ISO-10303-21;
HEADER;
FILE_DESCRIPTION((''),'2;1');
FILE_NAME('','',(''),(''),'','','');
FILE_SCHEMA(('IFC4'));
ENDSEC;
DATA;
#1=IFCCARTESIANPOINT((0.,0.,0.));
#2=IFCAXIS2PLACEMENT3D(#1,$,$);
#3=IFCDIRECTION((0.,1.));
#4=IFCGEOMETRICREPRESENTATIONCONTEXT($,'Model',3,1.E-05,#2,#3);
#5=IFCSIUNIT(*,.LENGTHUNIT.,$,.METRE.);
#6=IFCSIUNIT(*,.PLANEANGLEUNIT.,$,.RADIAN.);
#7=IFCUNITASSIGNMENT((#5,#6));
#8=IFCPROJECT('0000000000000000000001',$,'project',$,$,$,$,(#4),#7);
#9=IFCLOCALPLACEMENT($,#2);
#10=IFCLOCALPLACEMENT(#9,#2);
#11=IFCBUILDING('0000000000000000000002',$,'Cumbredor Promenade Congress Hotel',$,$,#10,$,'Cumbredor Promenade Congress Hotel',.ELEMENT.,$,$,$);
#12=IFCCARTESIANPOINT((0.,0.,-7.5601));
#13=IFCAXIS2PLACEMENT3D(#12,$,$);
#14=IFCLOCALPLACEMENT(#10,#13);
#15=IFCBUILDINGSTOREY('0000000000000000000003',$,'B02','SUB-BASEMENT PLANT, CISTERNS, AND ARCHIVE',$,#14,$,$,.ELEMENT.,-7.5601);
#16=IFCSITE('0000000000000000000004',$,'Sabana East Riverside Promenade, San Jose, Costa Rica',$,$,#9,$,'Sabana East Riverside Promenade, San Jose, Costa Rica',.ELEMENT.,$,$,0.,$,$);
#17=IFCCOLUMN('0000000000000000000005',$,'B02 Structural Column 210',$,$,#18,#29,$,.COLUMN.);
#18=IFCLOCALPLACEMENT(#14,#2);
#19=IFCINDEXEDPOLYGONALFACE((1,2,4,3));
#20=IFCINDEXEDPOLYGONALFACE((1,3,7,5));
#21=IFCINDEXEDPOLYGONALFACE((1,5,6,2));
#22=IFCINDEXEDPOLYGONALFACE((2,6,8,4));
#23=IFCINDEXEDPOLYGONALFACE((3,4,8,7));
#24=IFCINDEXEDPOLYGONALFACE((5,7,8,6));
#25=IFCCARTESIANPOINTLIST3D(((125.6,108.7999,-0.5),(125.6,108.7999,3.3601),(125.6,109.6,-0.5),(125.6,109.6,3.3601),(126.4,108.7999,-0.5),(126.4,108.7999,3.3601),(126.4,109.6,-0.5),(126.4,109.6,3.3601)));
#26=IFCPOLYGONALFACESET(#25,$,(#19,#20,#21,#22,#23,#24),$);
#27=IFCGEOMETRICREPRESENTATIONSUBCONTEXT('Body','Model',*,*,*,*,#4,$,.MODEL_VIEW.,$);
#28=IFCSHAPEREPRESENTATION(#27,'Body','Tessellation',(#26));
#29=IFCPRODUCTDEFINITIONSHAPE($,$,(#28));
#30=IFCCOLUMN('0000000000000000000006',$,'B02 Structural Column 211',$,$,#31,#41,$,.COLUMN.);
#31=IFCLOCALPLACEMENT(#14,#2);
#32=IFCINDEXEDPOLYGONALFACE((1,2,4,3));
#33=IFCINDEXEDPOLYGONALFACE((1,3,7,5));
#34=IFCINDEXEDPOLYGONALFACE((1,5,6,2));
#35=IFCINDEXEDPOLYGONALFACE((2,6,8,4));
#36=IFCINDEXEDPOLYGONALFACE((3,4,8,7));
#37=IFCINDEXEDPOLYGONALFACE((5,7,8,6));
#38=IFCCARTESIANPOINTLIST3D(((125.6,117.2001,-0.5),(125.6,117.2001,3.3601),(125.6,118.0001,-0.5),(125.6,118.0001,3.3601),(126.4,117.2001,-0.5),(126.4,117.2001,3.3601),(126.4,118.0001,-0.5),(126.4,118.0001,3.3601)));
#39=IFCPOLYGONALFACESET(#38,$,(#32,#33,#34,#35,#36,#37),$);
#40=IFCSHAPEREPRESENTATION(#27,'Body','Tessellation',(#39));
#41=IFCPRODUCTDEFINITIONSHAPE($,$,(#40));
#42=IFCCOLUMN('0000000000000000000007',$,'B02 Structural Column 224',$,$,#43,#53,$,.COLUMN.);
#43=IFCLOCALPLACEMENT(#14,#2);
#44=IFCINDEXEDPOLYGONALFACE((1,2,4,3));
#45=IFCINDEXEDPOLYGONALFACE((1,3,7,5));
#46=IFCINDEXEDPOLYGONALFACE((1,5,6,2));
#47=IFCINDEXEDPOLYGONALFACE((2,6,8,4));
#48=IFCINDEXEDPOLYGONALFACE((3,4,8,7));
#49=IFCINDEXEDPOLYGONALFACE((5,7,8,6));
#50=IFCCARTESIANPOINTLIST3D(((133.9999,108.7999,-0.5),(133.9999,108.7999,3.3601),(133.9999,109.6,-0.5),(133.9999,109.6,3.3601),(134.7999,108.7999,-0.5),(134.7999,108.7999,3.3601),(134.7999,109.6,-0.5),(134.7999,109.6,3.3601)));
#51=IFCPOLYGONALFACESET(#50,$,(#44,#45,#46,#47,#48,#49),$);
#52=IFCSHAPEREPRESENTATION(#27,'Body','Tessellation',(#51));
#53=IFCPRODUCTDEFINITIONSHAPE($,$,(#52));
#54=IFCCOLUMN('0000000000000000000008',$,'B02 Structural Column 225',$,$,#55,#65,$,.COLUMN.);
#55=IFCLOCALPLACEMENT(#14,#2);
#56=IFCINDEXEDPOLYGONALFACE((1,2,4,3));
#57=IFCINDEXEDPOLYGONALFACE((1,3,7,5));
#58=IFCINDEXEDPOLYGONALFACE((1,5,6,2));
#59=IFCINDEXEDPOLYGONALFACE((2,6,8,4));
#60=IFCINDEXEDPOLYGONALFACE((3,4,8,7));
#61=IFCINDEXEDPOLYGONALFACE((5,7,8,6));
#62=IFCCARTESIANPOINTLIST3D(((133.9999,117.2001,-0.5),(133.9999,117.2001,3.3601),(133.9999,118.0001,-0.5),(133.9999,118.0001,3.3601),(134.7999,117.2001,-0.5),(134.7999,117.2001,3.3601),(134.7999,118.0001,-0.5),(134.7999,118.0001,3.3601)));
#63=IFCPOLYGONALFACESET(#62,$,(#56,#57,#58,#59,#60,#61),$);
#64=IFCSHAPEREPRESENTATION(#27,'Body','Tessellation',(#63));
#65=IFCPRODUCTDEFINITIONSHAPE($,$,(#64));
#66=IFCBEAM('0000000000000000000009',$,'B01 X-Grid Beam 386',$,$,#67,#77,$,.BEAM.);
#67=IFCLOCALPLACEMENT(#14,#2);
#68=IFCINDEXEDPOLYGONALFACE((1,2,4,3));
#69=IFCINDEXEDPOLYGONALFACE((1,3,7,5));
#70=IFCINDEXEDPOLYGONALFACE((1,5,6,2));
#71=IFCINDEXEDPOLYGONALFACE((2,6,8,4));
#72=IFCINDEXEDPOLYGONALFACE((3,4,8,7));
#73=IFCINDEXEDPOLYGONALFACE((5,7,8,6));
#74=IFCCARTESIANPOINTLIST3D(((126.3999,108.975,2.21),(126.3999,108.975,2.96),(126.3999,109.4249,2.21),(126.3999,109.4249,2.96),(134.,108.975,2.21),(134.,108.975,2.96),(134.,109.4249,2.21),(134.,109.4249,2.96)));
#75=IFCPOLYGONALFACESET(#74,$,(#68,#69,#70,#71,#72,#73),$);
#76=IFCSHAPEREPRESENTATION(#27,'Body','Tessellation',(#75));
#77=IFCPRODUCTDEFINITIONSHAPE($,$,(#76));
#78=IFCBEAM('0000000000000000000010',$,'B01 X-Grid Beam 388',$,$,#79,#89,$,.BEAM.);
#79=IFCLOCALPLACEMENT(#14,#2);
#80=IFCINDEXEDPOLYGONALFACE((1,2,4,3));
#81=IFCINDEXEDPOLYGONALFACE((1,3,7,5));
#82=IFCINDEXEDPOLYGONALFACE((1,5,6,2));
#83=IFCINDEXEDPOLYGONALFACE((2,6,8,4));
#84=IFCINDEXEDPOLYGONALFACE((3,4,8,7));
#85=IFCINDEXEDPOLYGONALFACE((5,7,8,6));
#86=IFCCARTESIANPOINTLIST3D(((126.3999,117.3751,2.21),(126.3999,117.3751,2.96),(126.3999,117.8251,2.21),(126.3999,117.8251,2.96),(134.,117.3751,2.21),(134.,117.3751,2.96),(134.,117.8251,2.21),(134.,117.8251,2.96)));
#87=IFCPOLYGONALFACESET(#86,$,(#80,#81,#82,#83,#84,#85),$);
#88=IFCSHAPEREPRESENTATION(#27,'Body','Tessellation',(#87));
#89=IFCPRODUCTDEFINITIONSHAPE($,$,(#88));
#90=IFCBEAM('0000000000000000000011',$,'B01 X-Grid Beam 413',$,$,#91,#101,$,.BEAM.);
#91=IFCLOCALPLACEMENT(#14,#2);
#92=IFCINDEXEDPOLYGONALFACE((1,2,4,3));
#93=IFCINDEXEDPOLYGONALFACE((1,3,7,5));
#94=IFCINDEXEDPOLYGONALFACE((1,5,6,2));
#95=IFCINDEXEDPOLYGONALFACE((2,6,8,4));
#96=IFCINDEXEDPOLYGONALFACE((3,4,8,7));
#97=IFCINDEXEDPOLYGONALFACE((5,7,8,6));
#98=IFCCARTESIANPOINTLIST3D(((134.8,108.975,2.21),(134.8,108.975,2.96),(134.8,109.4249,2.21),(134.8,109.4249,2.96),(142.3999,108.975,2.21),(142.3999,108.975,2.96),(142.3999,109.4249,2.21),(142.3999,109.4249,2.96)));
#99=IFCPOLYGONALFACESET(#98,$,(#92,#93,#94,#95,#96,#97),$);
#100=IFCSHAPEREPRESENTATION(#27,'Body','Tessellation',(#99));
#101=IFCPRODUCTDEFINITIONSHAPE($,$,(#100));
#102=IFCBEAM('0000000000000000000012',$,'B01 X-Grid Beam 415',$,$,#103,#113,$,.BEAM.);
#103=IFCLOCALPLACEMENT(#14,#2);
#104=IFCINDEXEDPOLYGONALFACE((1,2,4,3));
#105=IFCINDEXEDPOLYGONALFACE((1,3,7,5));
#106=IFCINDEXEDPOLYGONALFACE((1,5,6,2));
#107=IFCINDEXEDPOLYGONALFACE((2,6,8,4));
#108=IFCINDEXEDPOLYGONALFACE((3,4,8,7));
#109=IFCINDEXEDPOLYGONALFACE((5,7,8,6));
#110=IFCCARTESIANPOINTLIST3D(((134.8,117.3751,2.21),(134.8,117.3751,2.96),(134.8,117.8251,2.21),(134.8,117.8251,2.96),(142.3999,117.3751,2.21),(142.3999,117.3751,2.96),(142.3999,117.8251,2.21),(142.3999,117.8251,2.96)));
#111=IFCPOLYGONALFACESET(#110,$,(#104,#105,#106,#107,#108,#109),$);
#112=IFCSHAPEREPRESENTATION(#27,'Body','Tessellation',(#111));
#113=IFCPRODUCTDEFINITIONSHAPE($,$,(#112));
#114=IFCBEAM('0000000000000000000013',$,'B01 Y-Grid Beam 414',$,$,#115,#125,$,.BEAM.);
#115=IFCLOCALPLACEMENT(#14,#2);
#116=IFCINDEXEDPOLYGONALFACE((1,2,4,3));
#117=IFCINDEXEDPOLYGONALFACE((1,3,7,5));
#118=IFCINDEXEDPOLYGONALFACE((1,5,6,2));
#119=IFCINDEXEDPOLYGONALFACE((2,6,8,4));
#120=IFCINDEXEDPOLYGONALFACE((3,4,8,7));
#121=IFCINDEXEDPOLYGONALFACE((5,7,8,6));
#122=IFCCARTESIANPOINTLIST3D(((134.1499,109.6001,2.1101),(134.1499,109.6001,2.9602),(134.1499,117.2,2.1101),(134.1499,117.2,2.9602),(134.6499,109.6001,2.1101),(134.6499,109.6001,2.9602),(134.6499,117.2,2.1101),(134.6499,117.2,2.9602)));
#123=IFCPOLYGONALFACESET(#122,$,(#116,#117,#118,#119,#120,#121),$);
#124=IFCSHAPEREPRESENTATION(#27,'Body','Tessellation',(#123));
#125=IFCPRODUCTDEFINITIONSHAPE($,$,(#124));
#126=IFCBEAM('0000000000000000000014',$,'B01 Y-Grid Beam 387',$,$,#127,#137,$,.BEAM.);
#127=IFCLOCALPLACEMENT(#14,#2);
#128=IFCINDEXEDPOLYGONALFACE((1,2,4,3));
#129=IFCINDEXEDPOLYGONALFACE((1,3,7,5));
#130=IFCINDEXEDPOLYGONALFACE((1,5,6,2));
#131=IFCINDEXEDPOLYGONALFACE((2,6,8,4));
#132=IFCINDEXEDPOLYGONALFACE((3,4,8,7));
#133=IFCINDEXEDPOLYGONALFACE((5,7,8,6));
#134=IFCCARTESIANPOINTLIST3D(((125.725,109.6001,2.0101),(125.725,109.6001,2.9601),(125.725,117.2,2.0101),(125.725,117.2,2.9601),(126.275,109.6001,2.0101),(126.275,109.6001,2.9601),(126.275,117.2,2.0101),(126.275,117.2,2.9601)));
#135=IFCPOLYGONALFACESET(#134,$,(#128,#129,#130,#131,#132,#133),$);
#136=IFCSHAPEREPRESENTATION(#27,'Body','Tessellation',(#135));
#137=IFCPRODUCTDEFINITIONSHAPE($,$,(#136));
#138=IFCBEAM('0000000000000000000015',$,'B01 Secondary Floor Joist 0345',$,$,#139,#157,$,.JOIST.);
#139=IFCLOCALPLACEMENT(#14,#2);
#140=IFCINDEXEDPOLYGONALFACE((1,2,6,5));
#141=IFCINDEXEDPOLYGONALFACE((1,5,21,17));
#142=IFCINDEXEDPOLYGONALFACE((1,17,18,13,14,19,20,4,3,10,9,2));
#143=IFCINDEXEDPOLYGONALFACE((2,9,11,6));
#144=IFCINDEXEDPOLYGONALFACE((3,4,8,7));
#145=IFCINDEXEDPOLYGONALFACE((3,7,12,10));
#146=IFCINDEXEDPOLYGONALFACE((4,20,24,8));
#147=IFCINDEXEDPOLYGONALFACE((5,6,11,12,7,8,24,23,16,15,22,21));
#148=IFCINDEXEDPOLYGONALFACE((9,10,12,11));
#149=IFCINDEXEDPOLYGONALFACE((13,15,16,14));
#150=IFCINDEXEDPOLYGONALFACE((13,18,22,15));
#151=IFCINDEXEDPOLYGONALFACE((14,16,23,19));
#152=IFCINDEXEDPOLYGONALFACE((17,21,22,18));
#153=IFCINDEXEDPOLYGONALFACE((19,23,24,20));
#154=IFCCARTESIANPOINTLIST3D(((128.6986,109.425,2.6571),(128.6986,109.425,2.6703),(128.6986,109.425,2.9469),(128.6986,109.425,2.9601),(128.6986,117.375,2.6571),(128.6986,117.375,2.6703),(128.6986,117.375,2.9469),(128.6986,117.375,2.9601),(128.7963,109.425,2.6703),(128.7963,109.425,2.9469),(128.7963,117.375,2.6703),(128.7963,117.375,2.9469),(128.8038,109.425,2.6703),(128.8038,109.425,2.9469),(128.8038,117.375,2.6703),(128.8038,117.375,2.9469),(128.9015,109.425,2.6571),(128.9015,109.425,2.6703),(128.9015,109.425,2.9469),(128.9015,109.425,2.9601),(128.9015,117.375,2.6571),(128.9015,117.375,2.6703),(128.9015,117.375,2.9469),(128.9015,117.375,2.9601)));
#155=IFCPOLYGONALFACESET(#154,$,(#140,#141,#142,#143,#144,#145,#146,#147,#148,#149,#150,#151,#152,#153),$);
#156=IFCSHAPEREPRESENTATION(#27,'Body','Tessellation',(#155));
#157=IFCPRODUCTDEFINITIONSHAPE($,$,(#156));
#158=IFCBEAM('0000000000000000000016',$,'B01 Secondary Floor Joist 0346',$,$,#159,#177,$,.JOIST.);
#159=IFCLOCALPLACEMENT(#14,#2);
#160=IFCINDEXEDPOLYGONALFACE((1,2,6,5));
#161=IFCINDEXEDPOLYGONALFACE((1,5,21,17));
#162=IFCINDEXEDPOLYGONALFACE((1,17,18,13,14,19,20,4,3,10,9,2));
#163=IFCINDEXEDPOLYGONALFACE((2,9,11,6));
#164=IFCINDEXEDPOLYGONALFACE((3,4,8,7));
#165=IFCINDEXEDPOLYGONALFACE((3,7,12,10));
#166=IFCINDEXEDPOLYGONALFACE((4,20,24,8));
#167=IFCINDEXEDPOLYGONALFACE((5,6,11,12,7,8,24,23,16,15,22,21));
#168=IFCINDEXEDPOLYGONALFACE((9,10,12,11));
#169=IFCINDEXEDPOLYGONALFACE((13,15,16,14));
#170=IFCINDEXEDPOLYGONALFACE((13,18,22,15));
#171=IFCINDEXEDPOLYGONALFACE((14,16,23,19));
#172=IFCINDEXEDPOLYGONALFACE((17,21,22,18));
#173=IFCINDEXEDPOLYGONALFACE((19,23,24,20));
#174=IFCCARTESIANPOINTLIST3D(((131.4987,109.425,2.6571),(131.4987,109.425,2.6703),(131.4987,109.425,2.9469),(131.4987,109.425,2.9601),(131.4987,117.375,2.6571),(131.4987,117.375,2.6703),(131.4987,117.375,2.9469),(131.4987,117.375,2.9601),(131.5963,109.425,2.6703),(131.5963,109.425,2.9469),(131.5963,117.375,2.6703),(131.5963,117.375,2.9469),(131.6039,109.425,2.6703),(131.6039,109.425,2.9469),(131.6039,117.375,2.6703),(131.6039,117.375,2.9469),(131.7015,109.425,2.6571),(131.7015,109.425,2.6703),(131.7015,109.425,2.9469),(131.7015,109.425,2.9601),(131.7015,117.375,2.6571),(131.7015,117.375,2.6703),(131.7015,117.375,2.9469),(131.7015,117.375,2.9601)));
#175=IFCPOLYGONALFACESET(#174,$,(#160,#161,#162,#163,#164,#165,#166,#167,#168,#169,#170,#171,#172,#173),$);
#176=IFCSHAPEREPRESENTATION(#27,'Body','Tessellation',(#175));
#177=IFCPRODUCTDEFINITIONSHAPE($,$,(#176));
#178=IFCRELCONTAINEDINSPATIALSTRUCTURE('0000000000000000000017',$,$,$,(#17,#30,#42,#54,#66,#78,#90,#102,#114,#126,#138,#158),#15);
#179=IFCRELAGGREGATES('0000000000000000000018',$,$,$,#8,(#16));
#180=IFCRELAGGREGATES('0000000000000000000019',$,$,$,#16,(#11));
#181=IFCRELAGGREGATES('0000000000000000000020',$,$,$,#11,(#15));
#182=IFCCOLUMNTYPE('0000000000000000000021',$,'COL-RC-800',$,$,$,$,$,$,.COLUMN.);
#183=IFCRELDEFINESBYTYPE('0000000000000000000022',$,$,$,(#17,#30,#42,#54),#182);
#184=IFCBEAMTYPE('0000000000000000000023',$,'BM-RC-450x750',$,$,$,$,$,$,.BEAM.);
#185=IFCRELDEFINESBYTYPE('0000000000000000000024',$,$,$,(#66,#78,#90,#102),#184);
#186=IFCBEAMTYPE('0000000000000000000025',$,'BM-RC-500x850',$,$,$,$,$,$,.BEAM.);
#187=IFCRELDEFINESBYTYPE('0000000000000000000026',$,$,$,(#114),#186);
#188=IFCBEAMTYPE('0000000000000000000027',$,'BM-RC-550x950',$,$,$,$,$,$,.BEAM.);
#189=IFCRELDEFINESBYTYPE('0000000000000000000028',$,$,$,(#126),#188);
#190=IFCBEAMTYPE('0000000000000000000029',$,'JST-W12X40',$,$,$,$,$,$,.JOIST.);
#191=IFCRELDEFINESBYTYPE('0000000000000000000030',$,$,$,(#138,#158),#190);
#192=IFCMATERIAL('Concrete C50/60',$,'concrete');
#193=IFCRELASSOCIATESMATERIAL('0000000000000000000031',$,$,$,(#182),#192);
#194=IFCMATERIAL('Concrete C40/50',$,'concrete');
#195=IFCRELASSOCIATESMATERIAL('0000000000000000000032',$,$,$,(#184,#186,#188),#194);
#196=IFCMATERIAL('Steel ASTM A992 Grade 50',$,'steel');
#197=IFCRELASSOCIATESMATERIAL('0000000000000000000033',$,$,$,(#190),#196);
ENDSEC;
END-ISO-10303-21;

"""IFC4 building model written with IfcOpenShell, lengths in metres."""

from ifc_helpers import new_model, si_unit, direction, frame, origin, origin_2d, place, context, subcontext, project, spatial, rectangle, i_section, extrude, material, material_profile, profile_set, type_object, element, save


model = new_model("IFC4")

# Units and contexts
model_context = context("Model", 3, precision=1e-05, world=origin(), true_north=direction((0.0, 1.0)))
body_context = subcontext(model_context, "Body", "Model", "MODEL_VIEW")
ifc_project = project(units=[si_unit("LENGTHUNIT", "METRE"), si_unit("PLANEANGLEUNIT", "RADIAN")], contexts=[model_context])

# Site, building, storey
site_placement = place(None, origin())
site = spatial("IfcSite", under=ifc_project, at=site_placement, Name="Sabana East Riverside Promenade, San Jose, Costa Rica", LongName="Sabana East Riverside Promenade, San Jose, Costa Rica", CompositionType="ELEMENT", RefElevation=0.0)
building_placement = place(site_placement, origin())
building = spatial("IfcBuilding", under=site, at=building_placement, Name="Cumbredor Promenade Congress Hotel", LongName="Cumbredor Promenade Congress Hotel", CompositionType="ELEMENT")
storey_placement = place(building_placement, frame((0.0, 0.0, -7.5601)))
storey = spatial("IfcBuildingStorey", under=building, at=storey_placement, Name="B02", Description="SUB-BASEMENT PLANT, CISTERNS, AND ARCHIVE", CompositionType="ELEMENT", Elevation=-7.5601)

# Shared definitions
ifc_material_1 = material(Name="Concrete C40/50", Category="concrete")

# Columns
ifc_material_2 = material(Name="Concrete C50/60", Category="concrete")
ifc_material_profile_1 = material_profile(ifc_material_2, rectangle(XDim=0.8, YDim=0.8, at=origin_2d()), Name="RC 800x800")
ifc_profile_set_1 = profile_set([ifc_material_profile_1], Name="Concrete C50/60")
column_type = type_object("IfcColumnType", Name="COL-RC-800", PredefinedType="COLUMN", material=ifc_profile_set_1)
for number, where, z_axis, x_axis, name in (
    (1, (126.0, 109.2, -0.5), (0.0, 0.0, 1.0), (1.0, 0.0, 0.0), "B02 Structural Column 210"),
    (2, (126.0, 117.6001, -0.5), (0.0, 0.0, 1.0), (1.0, 0.0, 0.0), "B02 Structural Column 211"),
    (3, (134.3999, 109.2, -0.5), (0.0, 0.0, 1.0), (1.0, 0.0, 0.0), "B02 Structural Column 224"),
    (4, (134.3999, 117.6001, -0.5), (0.0, 0.0, 1.0), (1.0, 0.0, 0.0), "B02 Structural Column 225"),
):
    element("IfcColumn", number, at=place(storey_placement, frame(where, z_axis=z_axis, x_axis=x_axis)), inside=storey, type_object=column_type, Name=name, PredefinedType="COLUMN", context=body_context, shape_type="SweptSolid", body=[
        extrude(rectangle(XDim=0.8, YDim=0.8, at=origin_2d()), origin(), (0.0, 0.0, 1.0), 3.8601),
    ])

# Beams
ifc_material_profile_2 = material_profile(ifc_material_1, rectangle(XDim=0.45, YDim=0.75, at=origin_2d()), Name="RC BEAM 450x750")
ifc_profile_set_2 = profile_set([ifc_material_profile_2], Name="Concrete C40/50")
beam_type_1 = type_object("IfcBeamType", Name="BM-RC-450x750", PredefinedType="BEAM", material=ifc_profile_set_2)
for number, where, z_axis, x_axis, name in (
    (5, (126.3999, 109.2, 2.585), (1.0, 0.0, 0.0), (0.0, 1.0, 0.0), "B01 X-Grid Beam 386"),
    (6, (126.3999, 117.6001, 2.585), (1.0, 0.0, 0.0), (0.0, 1.0, 0.0), "B01 X-Grid Beam 388"),
):
    element("IfcBeam", number, at=place(storey_placement, frame(where, z_axis=z_axis, x_axis=x_axis)), inside=storey, type_object=beam_type_1, Name=name, PredefinedType="BEAM", context=body_context, shape_type="SweptSolid", body=[
        extrude(rectangle(XDim=0.45, YDim=0.75, at=origin_2d()), origin(), (0.0, 0.0, 1.0), 7.6001),
    ])
for number, where, z_axis, x_axis, name in (
    (7, (134.8, 109.2, 2.585), (1.0, 0.0, 0.0), (0.0, 1.0, 0.0), "B01 X-Grid Beam 413"),
    (8, (134.8, 117.6001, 2.585), (1.0, 0.0, 0.0), (0.0, 1.0, 0.0), "B01 X-Grid Beam 415"),
):
    element("IfcBeam", number, at=place(storey_placement, frame(where, z_axis=z_axis, x_axis=x_axis)), inside=storey, type_object=beam_type_1, Name=name, PredefinedType="BEAM", context=body_context, shape_type="SweptSolid", body=[
        extrude(rectangle(XDim=0.45, YDim=0.75, at=origin_2d()), origin(), (0.0, 0.0, 1.0), 7.5999),
    ])
ifc_material_profile_3 = material_profile(ifc_material_1, rectangle(XDim=0.5, YDim=0.8501, at=origin_2d()), Name="RC BEAM 500x850")
ifc_profile_set_3 = profile_set([ifc_material_profile_3], Name="Concrete C40/50")
beam_type_2 = type_object("IfcBeamType", Name="BM-RC-500x850", PredefinedType="BEAM", material=ifc_profile_set_3)
beam_1_placement = place(storey_placement, frame((134.3999, 109.6001, 2.5352), z_axis=(0.0, 1.0, 0.0), x_axis=(-1.0, 0.0, 0.0)))
element("IfcBeam", 9, at=beam_1_placement, inside=storey, type_object=beam_type_2, Name="B01 Y-Grid Beam 414", PredefinedType="BEAM", context=body_context, shape_type="SweptSolid", body=[
    extrude(rectangle(XDim=0.5, YDim=0.8501, at=origin_2d()), origin(), (0.0, 0.0, 1.0), 7.5999),
])
ifc_material_profile_4 = material_profile(ifc_material_1, rectangle(XDim=0.55, YDim=0.95, at=origin_2d()), Name="RC BEAM 550x950")
ifc_profile_set_4 = profile_set([ifc_material_profile_4], Name="Concrete C40/50")
beam_type_3 = type_object("IfcBeamType", Name="BM-RC-550x950", PredefinedType="BEAM", material=ifc_profile_set_4)
beam_2_placement = place(storey_placement, frame((126.0, 109.6001, 2.4851), z_axis=(0.0, 1.0, 0.0), x_axis=(-1.0, 0.0, 0.0)))
element("IfcBeam", 10, at=beam_2_placement, inside=storey, type_object=beam_type_3, Name="B01 Y-Grid Beam 387", PredefinedType="BEAM", context=body_context, shape_type="SweptSolid", body=[
    extrude(rectangle(XDim=0.55, YDim=0.95, at=origin_2d()), origin(), (0.0, 0.0, 1.0), 7.5999),
])
ifc_material_3 = material(Name="Steel ASTM A992 Grade 50", Category="steel")
ifc_material_profile_5 = material_profile(ifc_material_3, i_section(OverallWidth=0.2029, OverallDepth=0.303, WebThickness=0.0076, FlangeThickness=0.0132, at=origin_2d()), Name="W12X40")
ifc_profile_set_5 = profile_set([ifc_material_profile_5], Name="Steel ASTM A992 Grade 50")
beam_type_4 = type_object("IfcBeamType", Name="JST-W12X40", PredefinedType="JOIST", material=ifc_profile_set_5)
for number, where, z_axis, x_axis, name in (
    (11, (128.8, 109.425, 2.8086), (0.0, 1.0, 0.0), (-1.0, 0.0, 0.0), "B01 Secondary Floor Joist 0345"),
    (12, (131.6001, 109.425, 2.8086), (0.0, 1.0, 0.0), (-1.0, 0.0, 0.0), "B01 Secondary Floor Joist 0346"),
):
    element("IfcBeam", number, at=place(storey_placement, frame(where, z_axis=z_axis, x_axis=x_axis)), inside=storey, type_object=beam_type_4, Name=name, PredefinedType="JOIST", context=body_context, shape_type="SweptSolid", body=[
        extrude(i_section(OverallWidth=0.2029, OverallDepth=0.303, WebThickness=0.0076, FlangeThickness=0.0132, at=origin_2d()), origin(), (0.0, 0.0, 1.0), 7.95),
    ])

save(model, "model.ifc")
